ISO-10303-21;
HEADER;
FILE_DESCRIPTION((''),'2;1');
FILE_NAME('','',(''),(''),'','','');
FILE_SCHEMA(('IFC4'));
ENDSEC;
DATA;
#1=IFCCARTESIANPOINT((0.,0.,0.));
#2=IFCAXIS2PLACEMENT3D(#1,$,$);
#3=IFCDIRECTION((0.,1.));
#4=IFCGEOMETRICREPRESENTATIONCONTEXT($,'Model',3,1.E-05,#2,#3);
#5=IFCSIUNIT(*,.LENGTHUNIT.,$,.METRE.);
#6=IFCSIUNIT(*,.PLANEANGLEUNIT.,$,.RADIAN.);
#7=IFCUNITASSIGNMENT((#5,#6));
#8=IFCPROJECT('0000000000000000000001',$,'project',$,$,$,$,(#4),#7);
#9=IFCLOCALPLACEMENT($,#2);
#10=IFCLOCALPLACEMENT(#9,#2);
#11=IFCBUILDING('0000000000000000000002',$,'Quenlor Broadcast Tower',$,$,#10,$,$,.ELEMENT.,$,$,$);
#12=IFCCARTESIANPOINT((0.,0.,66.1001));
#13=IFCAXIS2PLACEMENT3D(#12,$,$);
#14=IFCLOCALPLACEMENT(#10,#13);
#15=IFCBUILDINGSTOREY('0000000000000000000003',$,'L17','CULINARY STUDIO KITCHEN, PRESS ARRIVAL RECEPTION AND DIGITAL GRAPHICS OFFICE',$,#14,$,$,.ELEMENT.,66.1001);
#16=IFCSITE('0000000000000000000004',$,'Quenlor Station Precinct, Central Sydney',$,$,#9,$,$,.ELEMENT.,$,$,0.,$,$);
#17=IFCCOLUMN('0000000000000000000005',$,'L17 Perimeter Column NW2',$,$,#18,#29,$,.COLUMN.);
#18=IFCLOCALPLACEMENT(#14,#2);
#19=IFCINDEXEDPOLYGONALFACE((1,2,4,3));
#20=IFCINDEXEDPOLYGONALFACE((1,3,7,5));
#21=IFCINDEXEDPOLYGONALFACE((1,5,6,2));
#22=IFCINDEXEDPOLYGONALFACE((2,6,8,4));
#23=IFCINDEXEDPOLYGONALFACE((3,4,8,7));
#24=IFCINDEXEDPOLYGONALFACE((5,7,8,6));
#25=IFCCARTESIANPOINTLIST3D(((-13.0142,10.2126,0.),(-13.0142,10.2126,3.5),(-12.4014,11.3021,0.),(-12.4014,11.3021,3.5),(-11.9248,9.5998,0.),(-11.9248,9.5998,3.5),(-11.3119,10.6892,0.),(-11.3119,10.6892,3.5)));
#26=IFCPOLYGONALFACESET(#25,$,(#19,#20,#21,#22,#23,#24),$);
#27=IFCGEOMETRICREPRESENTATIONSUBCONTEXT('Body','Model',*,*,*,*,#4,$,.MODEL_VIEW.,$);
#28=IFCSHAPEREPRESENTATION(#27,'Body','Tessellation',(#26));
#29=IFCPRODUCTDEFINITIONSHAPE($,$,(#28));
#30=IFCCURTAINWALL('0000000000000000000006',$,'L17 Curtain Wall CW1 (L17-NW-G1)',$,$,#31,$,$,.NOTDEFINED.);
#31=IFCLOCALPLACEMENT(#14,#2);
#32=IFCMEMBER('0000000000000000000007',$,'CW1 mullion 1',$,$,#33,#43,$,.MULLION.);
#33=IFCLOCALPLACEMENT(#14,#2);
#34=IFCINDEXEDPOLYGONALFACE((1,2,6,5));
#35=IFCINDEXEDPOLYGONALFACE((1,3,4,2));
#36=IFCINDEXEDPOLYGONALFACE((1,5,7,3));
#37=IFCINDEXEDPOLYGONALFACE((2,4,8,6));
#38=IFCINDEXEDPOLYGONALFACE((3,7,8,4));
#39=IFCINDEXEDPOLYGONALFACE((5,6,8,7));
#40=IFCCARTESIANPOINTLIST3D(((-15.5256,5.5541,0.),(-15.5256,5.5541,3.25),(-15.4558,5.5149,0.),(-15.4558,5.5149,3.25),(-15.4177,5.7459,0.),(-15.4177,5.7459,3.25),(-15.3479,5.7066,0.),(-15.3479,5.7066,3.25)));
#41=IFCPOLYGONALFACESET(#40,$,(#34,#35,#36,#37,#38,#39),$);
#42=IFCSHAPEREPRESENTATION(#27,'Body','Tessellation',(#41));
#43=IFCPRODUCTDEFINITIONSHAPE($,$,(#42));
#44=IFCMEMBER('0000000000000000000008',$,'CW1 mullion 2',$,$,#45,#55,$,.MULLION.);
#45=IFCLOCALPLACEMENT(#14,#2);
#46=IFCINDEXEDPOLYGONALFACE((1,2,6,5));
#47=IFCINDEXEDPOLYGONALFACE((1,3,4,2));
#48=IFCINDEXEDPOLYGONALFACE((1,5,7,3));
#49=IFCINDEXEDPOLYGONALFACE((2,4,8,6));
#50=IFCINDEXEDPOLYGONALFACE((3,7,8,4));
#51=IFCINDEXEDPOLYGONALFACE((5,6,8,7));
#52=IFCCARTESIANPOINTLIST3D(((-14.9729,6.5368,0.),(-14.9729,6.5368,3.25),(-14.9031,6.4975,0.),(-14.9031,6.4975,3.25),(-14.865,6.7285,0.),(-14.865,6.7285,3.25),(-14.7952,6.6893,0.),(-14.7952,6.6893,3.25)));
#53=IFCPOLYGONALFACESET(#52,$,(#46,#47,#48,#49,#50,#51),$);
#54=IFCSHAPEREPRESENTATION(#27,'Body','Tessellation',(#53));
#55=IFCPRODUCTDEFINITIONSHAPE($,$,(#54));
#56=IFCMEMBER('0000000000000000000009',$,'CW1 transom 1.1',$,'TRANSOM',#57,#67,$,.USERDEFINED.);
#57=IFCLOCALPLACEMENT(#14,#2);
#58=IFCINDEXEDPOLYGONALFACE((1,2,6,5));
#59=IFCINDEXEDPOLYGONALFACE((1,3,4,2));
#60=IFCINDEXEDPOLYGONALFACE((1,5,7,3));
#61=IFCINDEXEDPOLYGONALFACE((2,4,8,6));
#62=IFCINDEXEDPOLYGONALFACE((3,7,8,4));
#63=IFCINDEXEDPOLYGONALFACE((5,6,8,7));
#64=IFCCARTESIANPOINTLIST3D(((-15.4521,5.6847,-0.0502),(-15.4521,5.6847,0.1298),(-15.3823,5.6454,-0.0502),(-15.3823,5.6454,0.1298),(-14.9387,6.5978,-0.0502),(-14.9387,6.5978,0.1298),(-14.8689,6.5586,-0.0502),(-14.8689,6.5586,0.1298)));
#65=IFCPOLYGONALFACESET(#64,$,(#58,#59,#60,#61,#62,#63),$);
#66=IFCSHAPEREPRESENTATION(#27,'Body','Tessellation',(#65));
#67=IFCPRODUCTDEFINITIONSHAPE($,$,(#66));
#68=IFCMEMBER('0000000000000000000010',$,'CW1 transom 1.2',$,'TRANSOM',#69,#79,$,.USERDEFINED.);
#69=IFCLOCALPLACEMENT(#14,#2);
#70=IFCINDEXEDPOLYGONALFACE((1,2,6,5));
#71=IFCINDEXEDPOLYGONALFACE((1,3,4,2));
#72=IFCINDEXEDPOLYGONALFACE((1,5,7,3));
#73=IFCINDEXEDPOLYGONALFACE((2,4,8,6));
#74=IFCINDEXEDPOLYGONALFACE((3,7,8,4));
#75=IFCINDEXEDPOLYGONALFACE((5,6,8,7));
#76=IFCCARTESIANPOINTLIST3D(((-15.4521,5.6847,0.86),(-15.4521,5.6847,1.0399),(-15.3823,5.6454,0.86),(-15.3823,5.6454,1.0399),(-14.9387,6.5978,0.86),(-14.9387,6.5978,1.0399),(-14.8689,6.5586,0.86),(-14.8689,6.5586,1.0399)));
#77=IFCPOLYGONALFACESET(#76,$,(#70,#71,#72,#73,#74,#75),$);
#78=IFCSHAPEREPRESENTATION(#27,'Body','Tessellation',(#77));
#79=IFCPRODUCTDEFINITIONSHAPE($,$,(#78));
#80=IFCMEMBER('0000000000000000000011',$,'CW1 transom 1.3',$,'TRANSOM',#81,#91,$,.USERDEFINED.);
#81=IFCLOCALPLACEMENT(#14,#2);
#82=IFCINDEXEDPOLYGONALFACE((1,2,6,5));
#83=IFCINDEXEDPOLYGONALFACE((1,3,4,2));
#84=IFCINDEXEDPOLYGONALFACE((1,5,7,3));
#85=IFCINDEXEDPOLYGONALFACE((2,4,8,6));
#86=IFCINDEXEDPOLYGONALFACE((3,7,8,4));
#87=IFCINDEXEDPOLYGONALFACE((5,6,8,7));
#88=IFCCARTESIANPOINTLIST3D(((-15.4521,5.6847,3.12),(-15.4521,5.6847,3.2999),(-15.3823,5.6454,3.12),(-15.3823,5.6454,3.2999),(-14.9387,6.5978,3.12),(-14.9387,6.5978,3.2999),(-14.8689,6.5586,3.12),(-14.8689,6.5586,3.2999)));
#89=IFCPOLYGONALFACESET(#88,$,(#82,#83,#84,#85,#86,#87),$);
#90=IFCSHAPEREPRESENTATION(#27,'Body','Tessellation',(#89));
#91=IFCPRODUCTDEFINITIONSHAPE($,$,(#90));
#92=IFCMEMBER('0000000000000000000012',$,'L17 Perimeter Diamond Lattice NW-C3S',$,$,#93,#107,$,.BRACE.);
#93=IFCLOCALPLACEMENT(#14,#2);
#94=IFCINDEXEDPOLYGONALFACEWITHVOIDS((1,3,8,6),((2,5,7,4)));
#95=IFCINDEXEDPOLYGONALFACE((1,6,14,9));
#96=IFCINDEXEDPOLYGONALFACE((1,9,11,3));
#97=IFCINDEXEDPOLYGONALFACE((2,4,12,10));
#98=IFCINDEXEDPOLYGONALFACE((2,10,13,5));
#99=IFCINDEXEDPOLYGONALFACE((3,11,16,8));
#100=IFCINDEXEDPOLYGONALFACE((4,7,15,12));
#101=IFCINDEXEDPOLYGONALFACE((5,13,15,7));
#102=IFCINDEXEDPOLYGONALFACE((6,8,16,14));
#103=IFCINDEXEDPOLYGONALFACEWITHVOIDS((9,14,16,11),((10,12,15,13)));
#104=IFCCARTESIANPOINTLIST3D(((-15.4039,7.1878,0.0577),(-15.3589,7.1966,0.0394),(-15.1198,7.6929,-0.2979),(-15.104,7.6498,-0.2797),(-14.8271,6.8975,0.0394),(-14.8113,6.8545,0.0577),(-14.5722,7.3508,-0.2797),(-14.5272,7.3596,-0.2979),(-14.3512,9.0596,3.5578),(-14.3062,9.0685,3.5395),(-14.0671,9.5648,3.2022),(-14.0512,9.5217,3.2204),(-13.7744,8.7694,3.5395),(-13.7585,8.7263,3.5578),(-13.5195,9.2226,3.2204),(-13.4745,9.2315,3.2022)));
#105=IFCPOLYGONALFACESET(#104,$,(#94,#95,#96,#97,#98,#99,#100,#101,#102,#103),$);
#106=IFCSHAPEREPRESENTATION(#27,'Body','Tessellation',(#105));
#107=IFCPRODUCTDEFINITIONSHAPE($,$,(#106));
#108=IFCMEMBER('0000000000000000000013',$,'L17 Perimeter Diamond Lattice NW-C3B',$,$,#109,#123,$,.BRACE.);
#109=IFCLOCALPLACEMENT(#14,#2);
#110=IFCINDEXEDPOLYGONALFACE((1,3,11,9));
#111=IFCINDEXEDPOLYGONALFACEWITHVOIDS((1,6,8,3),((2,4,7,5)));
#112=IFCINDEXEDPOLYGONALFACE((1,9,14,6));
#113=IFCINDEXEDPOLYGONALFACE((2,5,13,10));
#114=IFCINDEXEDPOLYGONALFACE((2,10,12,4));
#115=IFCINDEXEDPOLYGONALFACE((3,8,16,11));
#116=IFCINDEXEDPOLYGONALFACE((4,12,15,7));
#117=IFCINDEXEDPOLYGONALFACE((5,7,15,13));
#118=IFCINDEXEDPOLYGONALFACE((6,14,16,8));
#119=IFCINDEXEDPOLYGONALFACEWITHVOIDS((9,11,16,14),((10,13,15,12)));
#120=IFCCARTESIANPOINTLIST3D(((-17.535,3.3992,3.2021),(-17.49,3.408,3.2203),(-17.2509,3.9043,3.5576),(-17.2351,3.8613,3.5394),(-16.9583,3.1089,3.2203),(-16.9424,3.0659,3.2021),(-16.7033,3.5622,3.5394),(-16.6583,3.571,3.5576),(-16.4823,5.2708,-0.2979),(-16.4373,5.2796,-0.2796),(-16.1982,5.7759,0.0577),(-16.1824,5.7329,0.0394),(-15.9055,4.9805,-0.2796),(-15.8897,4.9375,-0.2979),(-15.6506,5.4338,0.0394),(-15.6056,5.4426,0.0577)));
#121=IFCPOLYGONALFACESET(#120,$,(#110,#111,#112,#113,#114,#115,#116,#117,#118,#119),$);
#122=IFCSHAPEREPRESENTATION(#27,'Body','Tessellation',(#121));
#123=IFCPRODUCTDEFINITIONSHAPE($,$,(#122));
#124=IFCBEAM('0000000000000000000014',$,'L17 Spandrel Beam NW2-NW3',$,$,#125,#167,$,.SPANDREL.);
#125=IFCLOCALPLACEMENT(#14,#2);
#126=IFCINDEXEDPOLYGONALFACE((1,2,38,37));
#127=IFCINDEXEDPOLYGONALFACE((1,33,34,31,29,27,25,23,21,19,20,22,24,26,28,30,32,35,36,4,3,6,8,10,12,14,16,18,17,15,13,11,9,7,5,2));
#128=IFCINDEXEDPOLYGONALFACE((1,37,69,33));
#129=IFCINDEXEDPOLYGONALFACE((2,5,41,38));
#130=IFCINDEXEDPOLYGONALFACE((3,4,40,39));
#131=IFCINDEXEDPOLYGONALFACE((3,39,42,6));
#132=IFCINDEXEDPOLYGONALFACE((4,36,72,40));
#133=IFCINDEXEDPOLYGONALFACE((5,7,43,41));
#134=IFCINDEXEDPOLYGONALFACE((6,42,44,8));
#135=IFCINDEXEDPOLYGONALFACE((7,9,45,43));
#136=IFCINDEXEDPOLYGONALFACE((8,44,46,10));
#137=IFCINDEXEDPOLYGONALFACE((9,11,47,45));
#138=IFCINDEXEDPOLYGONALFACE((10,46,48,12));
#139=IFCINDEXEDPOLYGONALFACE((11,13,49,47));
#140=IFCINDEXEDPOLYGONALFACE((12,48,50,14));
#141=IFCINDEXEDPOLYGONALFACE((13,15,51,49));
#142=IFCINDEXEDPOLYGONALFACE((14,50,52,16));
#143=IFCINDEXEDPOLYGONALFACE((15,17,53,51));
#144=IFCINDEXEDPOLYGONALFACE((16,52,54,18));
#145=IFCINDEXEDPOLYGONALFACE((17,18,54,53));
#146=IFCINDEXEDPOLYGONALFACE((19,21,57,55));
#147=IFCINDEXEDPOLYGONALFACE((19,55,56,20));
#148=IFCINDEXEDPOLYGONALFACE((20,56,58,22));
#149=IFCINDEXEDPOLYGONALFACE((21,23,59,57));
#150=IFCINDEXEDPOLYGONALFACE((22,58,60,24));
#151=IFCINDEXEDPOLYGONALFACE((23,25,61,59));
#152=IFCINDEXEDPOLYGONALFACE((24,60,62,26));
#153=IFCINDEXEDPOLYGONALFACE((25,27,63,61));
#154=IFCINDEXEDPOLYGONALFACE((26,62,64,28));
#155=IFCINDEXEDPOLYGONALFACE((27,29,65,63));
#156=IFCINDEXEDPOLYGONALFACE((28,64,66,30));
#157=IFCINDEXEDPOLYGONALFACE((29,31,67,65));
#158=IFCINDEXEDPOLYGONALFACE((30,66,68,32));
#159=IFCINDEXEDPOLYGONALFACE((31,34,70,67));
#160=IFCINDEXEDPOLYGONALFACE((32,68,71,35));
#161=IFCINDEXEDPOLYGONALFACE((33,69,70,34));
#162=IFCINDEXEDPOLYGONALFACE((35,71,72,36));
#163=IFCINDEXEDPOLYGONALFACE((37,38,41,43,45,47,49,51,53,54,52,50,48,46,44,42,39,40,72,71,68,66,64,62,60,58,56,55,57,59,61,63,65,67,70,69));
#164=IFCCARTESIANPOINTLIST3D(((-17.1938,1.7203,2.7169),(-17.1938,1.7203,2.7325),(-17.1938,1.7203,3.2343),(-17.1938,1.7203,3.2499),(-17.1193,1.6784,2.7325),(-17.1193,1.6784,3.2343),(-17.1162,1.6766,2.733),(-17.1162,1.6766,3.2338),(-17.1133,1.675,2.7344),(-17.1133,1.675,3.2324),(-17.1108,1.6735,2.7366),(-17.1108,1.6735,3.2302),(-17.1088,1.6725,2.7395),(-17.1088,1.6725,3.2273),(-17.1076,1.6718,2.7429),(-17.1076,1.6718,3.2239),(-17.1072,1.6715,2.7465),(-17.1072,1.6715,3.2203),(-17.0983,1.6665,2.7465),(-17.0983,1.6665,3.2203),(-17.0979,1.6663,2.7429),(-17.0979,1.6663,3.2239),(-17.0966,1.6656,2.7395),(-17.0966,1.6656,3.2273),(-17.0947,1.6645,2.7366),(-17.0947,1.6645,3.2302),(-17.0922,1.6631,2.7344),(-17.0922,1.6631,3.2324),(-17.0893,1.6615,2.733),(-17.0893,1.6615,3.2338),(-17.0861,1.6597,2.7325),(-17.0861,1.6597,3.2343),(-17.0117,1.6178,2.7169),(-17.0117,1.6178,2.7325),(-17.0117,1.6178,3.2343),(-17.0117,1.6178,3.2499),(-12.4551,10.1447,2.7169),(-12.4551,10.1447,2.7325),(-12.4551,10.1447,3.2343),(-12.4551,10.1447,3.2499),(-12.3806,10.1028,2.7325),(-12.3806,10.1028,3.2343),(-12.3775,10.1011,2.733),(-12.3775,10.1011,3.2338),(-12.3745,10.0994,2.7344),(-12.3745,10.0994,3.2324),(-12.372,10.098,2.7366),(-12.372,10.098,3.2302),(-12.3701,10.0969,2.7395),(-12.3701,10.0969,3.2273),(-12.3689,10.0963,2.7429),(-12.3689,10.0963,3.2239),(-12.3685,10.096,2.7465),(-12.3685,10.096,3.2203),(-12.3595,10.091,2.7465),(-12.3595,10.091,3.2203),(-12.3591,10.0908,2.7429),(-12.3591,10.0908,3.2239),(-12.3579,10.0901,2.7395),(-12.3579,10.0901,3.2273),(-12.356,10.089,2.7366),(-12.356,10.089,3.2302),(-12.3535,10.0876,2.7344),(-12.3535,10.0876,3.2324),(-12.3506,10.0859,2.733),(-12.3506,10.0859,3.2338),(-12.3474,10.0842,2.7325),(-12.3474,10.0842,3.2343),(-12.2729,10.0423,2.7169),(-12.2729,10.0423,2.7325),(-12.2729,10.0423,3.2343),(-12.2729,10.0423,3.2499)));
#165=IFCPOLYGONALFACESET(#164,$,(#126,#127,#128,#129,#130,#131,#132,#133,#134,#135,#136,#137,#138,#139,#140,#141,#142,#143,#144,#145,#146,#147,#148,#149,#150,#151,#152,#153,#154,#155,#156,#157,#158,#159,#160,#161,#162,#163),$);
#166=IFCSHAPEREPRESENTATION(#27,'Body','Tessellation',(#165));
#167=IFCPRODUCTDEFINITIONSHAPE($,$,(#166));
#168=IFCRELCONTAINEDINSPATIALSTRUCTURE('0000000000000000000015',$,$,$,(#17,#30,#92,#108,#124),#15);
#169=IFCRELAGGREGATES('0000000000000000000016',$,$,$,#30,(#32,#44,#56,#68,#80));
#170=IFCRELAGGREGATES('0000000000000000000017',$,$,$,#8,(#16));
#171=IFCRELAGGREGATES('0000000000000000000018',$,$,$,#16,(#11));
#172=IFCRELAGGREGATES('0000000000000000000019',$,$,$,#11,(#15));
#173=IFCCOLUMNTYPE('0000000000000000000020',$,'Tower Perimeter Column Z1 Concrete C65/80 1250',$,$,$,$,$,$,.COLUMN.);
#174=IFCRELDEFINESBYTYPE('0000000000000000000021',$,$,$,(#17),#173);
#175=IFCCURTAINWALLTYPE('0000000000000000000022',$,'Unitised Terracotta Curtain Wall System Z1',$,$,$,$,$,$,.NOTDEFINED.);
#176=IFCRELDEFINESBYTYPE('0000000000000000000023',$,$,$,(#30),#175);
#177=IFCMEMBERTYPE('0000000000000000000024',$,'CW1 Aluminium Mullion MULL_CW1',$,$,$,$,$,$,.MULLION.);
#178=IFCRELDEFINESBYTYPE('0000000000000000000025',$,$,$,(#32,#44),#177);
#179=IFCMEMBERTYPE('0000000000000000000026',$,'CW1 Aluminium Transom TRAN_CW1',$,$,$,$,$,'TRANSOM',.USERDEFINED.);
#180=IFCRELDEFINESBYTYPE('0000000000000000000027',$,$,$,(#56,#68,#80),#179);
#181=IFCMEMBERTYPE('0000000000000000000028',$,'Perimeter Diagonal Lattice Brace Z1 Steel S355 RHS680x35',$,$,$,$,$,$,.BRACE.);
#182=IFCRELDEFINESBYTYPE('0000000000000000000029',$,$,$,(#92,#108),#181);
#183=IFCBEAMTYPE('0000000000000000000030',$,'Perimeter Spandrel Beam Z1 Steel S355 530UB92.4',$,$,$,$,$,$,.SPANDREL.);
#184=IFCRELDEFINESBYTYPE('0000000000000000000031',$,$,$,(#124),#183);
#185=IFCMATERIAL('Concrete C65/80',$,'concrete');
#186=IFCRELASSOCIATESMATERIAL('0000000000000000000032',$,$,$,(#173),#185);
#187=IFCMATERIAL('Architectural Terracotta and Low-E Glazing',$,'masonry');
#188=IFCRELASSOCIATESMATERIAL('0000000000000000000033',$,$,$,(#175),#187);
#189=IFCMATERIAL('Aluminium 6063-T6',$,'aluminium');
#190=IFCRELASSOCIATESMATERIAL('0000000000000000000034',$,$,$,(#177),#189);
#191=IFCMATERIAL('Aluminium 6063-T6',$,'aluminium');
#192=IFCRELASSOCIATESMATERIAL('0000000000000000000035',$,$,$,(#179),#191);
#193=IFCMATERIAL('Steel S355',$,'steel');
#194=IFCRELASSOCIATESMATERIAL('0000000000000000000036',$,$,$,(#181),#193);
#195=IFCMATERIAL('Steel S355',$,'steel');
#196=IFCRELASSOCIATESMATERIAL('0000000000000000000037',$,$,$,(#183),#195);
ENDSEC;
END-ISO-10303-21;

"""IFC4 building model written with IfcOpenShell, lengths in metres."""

from ifc_helpers import new_model, si_unit, direction, frame, origin, origin_2d, place, context, subcontext, project, spatial, rectangle, hollow_rectangle, i_section, extrude, material, material_profile, profile_set, type_object, element, aggregate, save


model = new_model("IFC4")

# Units and contexts
model_context = context("Model", 3, precision=1e-05, world=origin(), true_north=direction((0.0, 1.0)))
body_context = subcontext(model_context, "Body", "Model", "MODEL_VIEW")
ifc_project = project(units=[si_unit("LENGTHUNIT", "METRE"), si_unit("PLANEANGLEUNIT", "RADIAN")], contexts=[model_context])

# Site, building, storey
site_placement = place(None, origin())
site = spatial("IfcSite", under=ifc_project, at=site_placement, Name="Quenlor Station Precinct, Central Sydney", CompositionType="ELEMENT", RefElevation=0.0)
building_placement = place(site_placement, origin())
building = spatial("IfcBuilding", under=site, at=building_placement, Name="Quenlor Broadcast Tower", CompositionType="ELEMENT")
storey_placement = place(building_placement, frame((0.0, 0.0, 66.1001)))
storey = spatial("IfcBuildingStorey", under=building, at=storey_placement, Name="L17", Description="CULINARY STUDIO KITCHEN, PRESS ARRIVAL RECEPTION AND DIGITAL GRAPHICS OFFICE", CompositionType="ELEMENT", Elevation=66.1001)

# Column
ifc_material_1 = material(Name="Concrete C65/80", Category="concrete")
ifc_material_profile_1 = material_profile(ifc_material_1, rectangle(XDim=1.25, YDim=1.25, at=origin_2d()))
ifc_profile_set_1 = profile_set([ifc_material_profile_1], Name="Concrete C65/80 RC1250x1250")
column_type = type_object("IfcColumnType", Name="Tower Perimeter Column Z1 Concrete C65/80 1250", PredefinedType="COLUMN", material=ifc_profile_set_1)
column_placement = place(storey_placement, frame((-12.1631, 10.4509, 0.0), z_axis=(0.0, 0.0, 1.0), x_axis=(-0.871575, 0.490262, 0.0)))
element("IfcColumn", 1, at=column_placement, inside=storey, type_object=column_type, Name="L17 Perimeter Column NW2", PredefinedType="COLUMN", context=body_context, shape_type="SweptSolid", body=[
    extrude(rectangle(XDim=1.25, YDim=1.25, at=origin_2d()), origin(), (0.0, 0.0, 1.0), 3.5),
])

# Curtain wall, members
ifc_material_2 = material(Name="Architectural Terracotta and Low-E Glazing", Category="masonry")
curtain_wall_type = type_object("IfcCurtainWallType", Name="Unitised Terracotta Curtain Wall System Z1", PredefinedType="NOTDEFINED", material=ifc_material_2)
curtain_wall_placement = place(storey_placement, origin())
curtain_wall = element("IfcCurtainWall", 2, at=curtain_wall_placement, inside=storey, type_object=curtain_wall_type, Name="L17 Curtain Wall CW1 (L17-NW-G1)", PredefinedType="NOTDEFINED")
ifc_material_3 = material(Name="Aluminium 6063-T6", Category="aluminium")
ifc_material_profile_2 = material_profile(ifc_material_3, rectangle(XDim=0.0801, YDim=0.22, at=origin_2d()))
ifc_profile_set_2 = profile_set([ifc_material_profile_2], Name="Aluminium 6063-T6 MULL80x220")
member_type_1 = type_object("IfcMemberType", Name="CW1 Aluminium Mullion MULL_CW1", PredefinedType="MULLION", material=ifc_profile_set_2)
member_1_placement = place(storey_placement, frame((-15.4368, 5.6304, 0.0), z_axis=(0.0, 0.0, 1.0), x_axis=(-0.871567, 0.490277, 0.0)))
member_1 = element("IfcMember", 3, at=member_1_placement, type_object=member_type_1, Name="CW1 mullion 1", PredefinedType="MULLION", context=body_context, shape_type="SweptSolid", body=[
    extrude(rectangle(XDim=0.0801, YDim=0.22, at=origin_2d()), origin(), (0.0, 0.0, 1.0), 3.25),
])
member_2_placement = place(storey_placement, frame((-14.884, 6.613, 0.0), z_axis=(0.0, 0.0, 1.0), x_axis=(-0.871567, 0.490277, 0.0)))
member_2 = element("IfcMember", 4, at=member_2_placement, type_object=member_type_1, Name="CW1 mullion 2", PredefinedType="MULLION", context=body_context, shape_type="SweptSolid", body=[
    extrude(rectangle(XDim=0.0801, YDim=0.22, at=origin_2d()), origin(), (0.0, 0.0, 1.0), 3.25),
])
ifc_material_4 = material(Name="Aluminium 6063-T6", Category="aluminium")
ifc_material_profile_3 = material_profile(ifc_material_4, rectangle(XDim=0.0801, YDim=0.1799, at=origin_2d()))
ifc_profile_set_3 = profile_set([ifc_material_profile_3], Name="Aluminium 6063-T6 TRAN80x180")
member_type_2 = type_object("IfcMemberType", Name="CW1 Aluminium Transom TRAN_CW1", ElementType="TRANSOM", PredefinedType="USERDEFINED", material=ifc_profile_set_3)
member_3_placement = place(storey_placement, frame((-15.4172, 5.665, 0.0398), z_axis=(0.490128, 0.87165, 0.0), x_axis=(-0.87165, 0.490128, 0.0)))
member_3 = element("IfcMember", 5, at=member_3_placement, type_object=member_type_2, Name="CW1 transom 1.1", ObjectType="TRANSOM", PredefinedType="USERDEFINED", context=body_context, shape_type="SweptSolid", body=[
    extrude(rectangle(XDim=0.0801, YDim=0.1799, at=origin_2d()), origin(), (0.0, 0.0, 1.0), 1.0476),
])
member_4_placement = place(storey_placement, frame((-15.4172, 5.665, 0.95), z_axis=(0.490128, 0.87165, 0.0), x_axis=(-0.87165, 0.490128, 0.0)))
member_4 = element("IfcMember", 6, at=member_4_placement, type_object=member_type_2, Name="CW1 transom 1.2", ObjectType="TRANSOM", PredefinedType="USERDEFINED", context=body_context, shape_type="SweptSolid", body=[
    extrude(rectangle(XDim=0.0801, YDim=0.1799, at=origin_2d()), origin(), (0.0, 0.0, 1.0), 1.0476),
])
member_5_placement = place(storey_placement, frame((-15.4172, 5.665, 3.21), z_axis=(0.490128, 0.87165, 0.0), x_axis=(-0.87165, 0.490128, 0.0)))
member_5 = element("IfcMember", 7, at=member_5_placement, type_object=member_type_2, Name="CW1 transom 1.3", ObjectType="TRANSOM", PredefinedType="USERDEFINED", context=body_context, shape_type="SweptSolid", body=[
    extrude(rectangle(XDim=0.0801, YDim=0.1799, at=origin_2d()), origin(), (0.0, 0.0, 1.0), 1.0476),
])

# Members
ifc_material_5 = material(Name="Steel S355", Category="steel")
ifc_material_profile_4 = material_profile(ifc_material_5, hollow_rectangle(XDim=0.6799, YDim=0.6799, WallThickness=0.0349, at=origin_2d()))
ifc_profile_set_4 = profile_set([ifc_material_profile_4], Name="Steel S355 RHS680x680x35")
member_type_3 = type_object("IfcMemberType", Name="Perimeter Diagonal Lattice Brace Z1 Steel S355 RHS680x35", PredefinedType="BRACE", material=ifc_profile_set_4)
member_6_placement = place(storey_placement, frame((-14.9656, 7.2737, -0.1201), z_axis=(0.256368, 0.455839, 0.852342), x_axis=(-0.871609, 0.490202, 0.0)))
element("IfcMember", 8, at=member_6_placement, inside=storey, type_object=member_type_3, Name="L17 Perimeter Diamond Lattice NW-C3S", PredefinedType="BRACE", context=body_context, shape_type="SweptSolid", body=[
    extrude(hollow_rectangle(XDim=0.6799, YDim=0.6799, WallThickness=0.0349, at=origin_2d()), origin(), (0.0, 0.0, 1.0), 4.1064),
])
member_7_placement = place(storey_placement, frame((-16.0439, 5.3567, -0.1201), z_axis=(-0.256375, -0.455792, 0.852365), x_axis=(0.871582, -0.49025, 0.0)))
element("IfcMember", 9, at=member_7_placement, inside=storey, type_object=member_type_3, Name="L17 Perimeter Diamond Lattice NW-C3B", PredefinedType="BRACE", context=body_context, shape_type="SweptSolid", body=[
    extrude(hollow_rectangle(XDim=0.6799, YDim=0.6799, WallThickness=0.0349, at=origin_2d()), origin(), (0.0, 0.0, 1.0), 4.1062),
])

# Beam
ifc_material_6 = material(Name="Steel S355", Category="steel")
ifc_material_profile_5 = material_profile(ifc_material_6, i_section(OverallWidth=0.209, OverallDepth=0.533, WebThickness=0.0103, FlangeThickness=0.0156, FilletRadius=0.0139, at=origin_2d()))
ifc_profile_set_5 = profile_set([ifc_material_profile_5], Name="Steel S355 530UB92.4")
beam_type_1 = type_object("IfcBeamType", Name="Perimeter Spandrel Beam Z1 Steel S355 530UB92.4", PredefinedType="SPANDREL", material=ifc_profile_set_5)
beam_1_placement = place(storey_placement, frame((-12.364, 10.0935, 2.9834), z_axis=(-0.490258, -0.871578, 0.0), x_axis=(0.871578, -0.490258, 0.0)))
element("IfcBeam", 10, at=beam_1_placement, inside=storey, type_object=beam_type_1, Name="L17 Spandrel Beam NW2-NW3", PredefinedType="SPANDREL", context=body_context, shape_type="SweptSolid", body=[
    extrude(i_section(OverallWidth=0.209, OverallDepth=0.533, WebThickness=0.0103, FlangeThickness=0.0156, FilletRadius=0.0139, at=origin_2d()), origin(), (0.0, 0.0, 1.0), 9.6658),
])

aggregate(curtain_wall, [member_1, member_2, member_3, member_4, member_5])

save(model, "model.ifc")
